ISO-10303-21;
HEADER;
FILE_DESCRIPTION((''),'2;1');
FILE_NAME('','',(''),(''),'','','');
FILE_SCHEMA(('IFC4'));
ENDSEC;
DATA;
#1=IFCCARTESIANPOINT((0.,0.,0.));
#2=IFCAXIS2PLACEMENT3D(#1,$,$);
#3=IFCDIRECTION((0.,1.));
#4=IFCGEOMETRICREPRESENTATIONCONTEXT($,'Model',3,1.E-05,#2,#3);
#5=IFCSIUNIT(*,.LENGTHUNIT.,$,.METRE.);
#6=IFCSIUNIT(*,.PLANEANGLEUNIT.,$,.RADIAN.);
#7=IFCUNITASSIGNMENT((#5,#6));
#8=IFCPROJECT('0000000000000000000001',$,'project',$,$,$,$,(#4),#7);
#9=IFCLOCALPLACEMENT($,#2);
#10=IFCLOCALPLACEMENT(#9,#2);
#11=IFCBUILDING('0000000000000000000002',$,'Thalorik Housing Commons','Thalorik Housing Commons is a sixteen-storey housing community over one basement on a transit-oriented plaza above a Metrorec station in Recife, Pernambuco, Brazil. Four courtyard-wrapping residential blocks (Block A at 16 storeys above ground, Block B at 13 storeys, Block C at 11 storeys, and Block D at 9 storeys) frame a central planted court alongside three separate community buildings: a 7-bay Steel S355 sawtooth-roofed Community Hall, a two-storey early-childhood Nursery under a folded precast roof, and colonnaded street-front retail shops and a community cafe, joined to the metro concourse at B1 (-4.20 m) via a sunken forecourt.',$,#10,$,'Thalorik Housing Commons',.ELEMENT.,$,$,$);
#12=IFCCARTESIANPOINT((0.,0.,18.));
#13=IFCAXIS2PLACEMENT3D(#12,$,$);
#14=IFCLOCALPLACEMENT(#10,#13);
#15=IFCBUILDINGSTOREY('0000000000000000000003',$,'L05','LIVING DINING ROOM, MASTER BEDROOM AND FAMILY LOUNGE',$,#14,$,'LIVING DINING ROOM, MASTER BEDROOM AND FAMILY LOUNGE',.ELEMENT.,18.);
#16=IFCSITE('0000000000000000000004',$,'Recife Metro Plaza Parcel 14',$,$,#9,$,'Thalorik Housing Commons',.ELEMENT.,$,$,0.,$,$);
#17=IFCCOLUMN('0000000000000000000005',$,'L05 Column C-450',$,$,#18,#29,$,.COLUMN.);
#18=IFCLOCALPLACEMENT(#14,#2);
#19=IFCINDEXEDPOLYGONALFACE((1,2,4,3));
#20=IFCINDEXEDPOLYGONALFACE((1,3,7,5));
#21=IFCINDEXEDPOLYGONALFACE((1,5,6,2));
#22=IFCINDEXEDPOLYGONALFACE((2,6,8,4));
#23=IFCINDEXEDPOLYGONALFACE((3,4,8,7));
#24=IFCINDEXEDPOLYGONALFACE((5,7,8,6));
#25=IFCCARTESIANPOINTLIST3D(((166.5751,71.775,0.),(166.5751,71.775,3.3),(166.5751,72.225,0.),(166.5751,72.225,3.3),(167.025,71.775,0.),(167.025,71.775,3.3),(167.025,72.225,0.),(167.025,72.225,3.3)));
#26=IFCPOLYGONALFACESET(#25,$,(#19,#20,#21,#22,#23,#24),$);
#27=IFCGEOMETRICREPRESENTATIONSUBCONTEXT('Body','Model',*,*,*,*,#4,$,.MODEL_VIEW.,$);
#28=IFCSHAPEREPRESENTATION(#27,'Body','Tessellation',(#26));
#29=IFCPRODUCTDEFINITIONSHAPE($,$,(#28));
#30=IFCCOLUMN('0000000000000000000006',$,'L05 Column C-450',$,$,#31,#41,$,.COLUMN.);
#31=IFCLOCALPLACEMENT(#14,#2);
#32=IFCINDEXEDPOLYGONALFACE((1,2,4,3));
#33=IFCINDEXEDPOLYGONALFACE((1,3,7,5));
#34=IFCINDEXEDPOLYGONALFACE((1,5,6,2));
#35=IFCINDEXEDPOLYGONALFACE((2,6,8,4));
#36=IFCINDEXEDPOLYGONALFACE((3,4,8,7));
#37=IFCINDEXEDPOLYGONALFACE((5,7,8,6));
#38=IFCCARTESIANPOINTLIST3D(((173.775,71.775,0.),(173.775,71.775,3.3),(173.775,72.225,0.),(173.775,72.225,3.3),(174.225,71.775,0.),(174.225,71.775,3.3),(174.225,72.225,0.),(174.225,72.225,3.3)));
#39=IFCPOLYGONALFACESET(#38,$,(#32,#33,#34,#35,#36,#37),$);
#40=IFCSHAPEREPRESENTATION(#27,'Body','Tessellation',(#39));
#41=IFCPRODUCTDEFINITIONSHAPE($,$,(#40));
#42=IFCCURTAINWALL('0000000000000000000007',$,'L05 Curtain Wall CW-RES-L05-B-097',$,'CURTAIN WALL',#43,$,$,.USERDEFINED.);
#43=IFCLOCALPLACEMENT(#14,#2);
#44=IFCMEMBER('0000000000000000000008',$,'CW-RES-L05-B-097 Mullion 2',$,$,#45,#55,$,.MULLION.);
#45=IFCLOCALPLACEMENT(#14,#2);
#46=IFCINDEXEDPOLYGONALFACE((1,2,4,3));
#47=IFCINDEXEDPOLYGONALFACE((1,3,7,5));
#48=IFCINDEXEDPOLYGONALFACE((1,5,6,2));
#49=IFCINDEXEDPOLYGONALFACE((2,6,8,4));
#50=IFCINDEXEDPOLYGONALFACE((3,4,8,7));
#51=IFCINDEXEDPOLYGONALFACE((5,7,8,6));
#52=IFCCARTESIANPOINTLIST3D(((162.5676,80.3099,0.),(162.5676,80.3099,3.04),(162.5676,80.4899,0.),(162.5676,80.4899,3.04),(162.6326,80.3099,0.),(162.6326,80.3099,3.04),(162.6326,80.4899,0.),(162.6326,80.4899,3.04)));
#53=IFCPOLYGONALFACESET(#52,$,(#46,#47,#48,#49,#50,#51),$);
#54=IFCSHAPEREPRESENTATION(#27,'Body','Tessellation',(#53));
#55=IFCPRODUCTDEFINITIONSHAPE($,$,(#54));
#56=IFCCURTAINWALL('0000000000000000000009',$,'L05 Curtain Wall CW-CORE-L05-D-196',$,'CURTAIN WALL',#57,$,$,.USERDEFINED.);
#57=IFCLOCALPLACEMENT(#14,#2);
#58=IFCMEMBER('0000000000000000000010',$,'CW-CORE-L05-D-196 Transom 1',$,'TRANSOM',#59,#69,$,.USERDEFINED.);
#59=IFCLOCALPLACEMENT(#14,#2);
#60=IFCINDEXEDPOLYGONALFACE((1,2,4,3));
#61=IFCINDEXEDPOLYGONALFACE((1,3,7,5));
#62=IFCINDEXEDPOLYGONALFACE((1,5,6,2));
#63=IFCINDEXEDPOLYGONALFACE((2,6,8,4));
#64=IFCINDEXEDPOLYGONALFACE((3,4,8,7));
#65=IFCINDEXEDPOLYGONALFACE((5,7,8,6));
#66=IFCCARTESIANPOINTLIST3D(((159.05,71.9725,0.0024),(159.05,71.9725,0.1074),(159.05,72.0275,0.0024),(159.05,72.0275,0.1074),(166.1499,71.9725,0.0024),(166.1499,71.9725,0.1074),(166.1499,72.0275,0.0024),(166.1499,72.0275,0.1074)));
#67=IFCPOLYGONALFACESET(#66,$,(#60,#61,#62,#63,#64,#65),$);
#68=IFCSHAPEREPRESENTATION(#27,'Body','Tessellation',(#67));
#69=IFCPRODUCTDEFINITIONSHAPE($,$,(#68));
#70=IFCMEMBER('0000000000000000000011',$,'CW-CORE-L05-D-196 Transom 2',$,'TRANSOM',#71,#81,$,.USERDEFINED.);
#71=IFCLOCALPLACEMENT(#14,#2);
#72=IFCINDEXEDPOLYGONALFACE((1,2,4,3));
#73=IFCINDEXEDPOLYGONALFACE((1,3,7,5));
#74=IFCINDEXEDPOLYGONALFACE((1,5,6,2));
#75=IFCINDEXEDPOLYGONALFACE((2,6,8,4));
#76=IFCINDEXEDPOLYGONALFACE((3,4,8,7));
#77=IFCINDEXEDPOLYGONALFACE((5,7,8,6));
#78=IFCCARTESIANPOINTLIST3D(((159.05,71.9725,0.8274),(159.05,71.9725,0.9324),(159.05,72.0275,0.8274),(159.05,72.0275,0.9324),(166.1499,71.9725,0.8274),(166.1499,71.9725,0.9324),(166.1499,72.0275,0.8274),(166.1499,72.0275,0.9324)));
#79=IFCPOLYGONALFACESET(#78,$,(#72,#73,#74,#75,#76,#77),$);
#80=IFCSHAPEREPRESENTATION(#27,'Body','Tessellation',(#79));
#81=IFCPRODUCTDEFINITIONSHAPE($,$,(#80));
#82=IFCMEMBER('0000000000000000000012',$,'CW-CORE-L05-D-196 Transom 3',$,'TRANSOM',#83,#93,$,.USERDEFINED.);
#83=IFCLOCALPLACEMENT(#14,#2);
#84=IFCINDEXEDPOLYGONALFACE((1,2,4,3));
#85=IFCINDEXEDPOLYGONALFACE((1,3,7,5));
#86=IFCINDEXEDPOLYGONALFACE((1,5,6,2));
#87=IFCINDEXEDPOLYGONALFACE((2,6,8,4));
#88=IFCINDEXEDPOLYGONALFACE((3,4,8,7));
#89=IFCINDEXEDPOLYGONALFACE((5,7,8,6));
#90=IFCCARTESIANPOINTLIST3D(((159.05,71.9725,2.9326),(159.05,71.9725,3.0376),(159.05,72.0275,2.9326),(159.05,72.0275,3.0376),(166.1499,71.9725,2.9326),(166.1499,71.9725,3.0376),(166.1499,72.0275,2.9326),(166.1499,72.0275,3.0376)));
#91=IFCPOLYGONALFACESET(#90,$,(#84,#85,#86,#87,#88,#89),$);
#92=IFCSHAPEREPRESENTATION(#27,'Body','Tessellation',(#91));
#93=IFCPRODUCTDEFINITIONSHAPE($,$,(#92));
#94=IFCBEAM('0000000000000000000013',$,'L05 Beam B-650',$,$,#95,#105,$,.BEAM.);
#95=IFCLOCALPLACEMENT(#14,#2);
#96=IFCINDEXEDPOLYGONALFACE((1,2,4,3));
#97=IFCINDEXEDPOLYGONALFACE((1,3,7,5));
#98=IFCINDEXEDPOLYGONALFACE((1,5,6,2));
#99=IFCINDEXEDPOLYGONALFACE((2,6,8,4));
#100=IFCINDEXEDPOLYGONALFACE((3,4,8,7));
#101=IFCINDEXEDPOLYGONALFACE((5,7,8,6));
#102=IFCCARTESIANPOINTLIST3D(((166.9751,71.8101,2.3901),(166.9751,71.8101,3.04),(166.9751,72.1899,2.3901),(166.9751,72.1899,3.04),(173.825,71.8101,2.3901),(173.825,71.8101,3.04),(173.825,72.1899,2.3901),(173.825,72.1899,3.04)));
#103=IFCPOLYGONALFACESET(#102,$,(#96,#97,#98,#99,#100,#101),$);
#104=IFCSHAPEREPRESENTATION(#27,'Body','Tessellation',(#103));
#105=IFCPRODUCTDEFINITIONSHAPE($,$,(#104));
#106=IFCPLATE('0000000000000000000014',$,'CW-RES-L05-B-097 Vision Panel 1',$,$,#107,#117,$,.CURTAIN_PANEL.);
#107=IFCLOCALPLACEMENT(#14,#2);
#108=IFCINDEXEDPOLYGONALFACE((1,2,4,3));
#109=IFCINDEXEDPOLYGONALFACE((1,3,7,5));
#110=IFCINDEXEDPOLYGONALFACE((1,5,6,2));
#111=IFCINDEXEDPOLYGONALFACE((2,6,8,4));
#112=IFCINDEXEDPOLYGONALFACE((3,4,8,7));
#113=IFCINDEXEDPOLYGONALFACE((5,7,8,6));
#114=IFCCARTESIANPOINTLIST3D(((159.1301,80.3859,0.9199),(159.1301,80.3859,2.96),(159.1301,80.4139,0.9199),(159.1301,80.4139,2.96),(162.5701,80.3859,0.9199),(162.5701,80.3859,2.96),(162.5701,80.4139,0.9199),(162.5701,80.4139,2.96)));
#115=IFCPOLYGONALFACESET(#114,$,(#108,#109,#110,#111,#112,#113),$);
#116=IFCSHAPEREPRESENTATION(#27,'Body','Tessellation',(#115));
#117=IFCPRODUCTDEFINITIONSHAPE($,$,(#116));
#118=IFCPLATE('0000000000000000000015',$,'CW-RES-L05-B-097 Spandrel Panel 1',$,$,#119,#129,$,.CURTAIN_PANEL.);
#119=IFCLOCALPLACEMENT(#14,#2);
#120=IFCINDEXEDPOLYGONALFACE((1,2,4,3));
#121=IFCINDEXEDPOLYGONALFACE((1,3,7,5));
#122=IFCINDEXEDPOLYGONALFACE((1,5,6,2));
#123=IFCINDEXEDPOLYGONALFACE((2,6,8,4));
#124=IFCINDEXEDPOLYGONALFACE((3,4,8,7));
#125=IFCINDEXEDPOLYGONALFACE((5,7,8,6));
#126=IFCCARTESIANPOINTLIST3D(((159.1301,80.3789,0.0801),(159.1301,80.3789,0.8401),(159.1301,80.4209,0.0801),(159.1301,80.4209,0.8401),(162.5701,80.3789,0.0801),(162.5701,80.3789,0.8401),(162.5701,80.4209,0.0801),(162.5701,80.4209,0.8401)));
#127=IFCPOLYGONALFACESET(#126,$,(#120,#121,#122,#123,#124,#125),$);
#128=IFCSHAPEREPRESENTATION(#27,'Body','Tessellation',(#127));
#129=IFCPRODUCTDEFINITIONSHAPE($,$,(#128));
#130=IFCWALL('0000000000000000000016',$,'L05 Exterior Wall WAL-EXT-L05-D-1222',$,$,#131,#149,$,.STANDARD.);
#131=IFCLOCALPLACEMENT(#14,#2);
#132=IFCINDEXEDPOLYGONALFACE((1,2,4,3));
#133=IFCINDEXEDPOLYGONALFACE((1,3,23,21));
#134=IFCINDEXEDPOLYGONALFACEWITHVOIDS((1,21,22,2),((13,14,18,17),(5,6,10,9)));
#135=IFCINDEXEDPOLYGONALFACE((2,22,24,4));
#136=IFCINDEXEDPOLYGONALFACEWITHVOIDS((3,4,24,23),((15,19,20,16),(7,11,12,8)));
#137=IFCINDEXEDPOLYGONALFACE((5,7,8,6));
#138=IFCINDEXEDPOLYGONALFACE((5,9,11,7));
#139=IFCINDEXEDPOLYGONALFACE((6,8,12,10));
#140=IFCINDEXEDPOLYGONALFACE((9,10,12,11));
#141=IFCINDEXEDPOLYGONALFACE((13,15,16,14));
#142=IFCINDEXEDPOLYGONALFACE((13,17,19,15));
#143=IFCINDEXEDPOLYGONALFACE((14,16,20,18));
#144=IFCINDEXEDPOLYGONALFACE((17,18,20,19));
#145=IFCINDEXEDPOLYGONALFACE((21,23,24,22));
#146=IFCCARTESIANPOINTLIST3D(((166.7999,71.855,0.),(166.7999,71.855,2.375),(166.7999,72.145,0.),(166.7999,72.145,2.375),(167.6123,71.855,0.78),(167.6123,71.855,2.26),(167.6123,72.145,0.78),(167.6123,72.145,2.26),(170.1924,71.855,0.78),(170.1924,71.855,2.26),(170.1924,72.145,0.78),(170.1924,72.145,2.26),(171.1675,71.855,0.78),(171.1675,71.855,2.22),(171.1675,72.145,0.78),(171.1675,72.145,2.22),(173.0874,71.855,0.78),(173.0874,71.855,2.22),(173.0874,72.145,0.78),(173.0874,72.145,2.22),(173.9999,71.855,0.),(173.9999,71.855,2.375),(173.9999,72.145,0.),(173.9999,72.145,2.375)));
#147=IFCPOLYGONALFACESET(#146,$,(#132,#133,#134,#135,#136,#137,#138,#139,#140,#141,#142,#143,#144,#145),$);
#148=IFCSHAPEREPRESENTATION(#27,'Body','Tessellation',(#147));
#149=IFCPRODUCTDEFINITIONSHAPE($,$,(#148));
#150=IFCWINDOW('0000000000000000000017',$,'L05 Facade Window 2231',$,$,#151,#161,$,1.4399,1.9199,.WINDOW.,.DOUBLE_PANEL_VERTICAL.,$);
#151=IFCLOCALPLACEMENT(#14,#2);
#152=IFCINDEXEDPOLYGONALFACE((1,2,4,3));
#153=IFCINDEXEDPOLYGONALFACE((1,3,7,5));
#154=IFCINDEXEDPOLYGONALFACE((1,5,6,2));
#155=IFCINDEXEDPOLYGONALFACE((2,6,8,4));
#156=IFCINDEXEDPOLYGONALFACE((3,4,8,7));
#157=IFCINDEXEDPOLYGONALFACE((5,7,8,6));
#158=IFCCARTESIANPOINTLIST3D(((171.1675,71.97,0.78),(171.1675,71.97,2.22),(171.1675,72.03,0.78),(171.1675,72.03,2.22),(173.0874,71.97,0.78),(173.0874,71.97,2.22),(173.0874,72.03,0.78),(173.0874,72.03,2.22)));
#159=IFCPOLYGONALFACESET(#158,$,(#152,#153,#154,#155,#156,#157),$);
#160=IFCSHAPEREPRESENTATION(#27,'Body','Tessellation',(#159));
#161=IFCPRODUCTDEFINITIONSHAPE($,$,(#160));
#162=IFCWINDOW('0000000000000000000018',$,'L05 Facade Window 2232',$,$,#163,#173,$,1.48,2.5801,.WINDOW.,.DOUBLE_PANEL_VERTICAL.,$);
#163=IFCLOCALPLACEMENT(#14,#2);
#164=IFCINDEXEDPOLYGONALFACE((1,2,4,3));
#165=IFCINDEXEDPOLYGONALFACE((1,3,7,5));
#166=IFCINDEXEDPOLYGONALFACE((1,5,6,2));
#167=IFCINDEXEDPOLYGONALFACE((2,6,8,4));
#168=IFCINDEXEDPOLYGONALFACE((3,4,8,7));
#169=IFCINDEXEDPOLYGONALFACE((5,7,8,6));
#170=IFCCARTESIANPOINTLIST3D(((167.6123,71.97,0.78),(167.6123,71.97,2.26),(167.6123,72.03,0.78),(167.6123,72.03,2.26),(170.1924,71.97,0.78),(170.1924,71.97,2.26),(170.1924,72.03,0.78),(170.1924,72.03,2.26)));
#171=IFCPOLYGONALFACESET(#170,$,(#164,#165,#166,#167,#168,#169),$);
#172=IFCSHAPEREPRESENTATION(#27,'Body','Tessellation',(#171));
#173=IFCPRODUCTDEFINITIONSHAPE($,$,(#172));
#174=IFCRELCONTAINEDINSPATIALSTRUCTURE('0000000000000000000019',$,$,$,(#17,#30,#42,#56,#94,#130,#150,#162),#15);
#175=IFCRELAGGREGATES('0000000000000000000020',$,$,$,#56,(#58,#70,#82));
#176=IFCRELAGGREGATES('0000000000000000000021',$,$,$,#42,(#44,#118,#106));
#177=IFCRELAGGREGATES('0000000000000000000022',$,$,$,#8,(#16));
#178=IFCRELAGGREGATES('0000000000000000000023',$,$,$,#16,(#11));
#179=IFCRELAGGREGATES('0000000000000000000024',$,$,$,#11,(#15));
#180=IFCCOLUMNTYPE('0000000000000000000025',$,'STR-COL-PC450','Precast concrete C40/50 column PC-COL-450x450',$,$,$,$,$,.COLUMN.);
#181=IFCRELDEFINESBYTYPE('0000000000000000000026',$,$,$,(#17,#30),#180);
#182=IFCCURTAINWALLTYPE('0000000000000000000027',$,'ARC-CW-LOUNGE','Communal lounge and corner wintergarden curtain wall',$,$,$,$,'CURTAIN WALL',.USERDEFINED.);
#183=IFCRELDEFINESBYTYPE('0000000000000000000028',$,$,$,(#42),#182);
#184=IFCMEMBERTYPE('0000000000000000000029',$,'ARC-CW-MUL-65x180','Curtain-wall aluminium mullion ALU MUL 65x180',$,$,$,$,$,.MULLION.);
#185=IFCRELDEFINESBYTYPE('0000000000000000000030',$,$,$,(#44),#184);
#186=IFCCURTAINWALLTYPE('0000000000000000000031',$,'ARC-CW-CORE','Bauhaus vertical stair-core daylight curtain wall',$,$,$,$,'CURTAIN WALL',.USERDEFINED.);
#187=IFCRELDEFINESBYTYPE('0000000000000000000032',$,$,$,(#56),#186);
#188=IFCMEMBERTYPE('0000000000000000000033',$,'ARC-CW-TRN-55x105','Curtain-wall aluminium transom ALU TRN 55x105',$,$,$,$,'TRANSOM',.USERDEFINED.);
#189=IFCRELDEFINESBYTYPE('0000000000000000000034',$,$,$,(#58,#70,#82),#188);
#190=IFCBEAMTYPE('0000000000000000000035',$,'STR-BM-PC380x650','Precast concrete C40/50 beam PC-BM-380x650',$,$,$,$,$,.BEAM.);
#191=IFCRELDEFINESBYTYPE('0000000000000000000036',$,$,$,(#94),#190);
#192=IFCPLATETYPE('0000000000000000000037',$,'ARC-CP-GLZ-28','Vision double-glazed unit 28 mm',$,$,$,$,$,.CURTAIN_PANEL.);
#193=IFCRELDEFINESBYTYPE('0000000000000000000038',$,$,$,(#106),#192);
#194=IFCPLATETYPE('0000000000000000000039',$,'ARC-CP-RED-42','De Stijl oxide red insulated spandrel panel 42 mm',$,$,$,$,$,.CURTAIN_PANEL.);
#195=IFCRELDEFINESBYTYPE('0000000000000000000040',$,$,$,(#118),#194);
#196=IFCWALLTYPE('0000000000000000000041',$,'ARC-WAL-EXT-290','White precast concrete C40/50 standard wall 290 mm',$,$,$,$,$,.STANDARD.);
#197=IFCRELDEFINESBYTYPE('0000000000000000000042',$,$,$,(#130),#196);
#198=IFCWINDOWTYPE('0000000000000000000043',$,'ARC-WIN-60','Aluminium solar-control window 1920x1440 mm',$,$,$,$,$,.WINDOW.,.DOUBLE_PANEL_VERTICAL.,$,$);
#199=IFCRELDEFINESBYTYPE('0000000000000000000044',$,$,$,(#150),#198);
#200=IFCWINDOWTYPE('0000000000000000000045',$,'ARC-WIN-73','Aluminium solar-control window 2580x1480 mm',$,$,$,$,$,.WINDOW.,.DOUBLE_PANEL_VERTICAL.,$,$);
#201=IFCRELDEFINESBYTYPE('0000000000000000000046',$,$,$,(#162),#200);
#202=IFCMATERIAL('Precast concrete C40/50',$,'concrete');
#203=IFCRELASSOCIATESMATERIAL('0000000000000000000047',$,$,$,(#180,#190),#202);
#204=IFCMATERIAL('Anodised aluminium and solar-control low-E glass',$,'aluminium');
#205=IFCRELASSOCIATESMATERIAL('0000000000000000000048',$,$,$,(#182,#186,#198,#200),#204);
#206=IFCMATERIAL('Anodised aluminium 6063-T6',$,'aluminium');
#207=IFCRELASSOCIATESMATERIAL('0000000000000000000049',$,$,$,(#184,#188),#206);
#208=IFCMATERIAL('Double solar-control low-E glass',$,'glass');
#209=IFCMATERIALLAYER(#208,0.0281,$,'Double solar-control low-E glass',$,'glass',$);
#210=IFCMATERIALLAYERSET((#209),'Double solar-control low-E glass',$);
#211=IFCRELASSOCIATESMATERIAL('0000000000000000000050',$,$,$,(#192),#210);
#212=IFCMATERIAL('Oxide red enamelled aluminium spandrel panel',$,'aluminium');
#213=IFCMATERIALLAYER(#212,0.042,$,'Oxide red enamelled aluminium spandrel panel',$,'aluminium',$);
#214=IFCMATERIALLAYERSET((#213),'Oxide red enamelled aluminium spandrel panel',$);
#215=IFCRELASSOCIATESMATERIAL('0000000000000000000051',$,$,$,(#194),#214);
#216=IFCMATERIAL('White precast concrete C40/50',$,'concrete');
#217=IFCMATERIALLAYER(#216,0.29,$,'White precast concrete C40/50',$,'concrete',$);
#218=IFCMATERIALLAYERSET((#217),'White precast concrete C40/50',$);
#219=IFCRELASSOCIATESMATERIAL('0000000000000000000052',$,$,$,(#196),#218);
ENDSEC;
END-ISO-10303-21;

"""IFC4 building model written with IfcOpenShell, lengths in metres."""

from ifc_helpers import new_model, si_unit, direction, frame, frame_2d, origin, origin_2d, place, context, subcontext, project, spatial, rectangle, extrude, material, layer, layer_set, material_profile, profile_set, type_object, element, fill, aggregate, save


model = new_model("IFC4")

# Units and contexts
model_context = context("Model", 3, precision=1e-05, world=origin(), true_north=direction((0.0, 1.0)))
body_context = subcontext(model_context, "Body", "Model", "MODEL_VIEW")
ifc_project = project(units=[si_unit("LENGTHUNIT", "METRE"), si_unit("PLANEANGLEUNIT", "RADIAN")], contexts=[model_context])

# Site, building, storey
site_placement = place(None, origin())
site = spatial("IfcSite", under=ifc_project, at=site_placement, Name="Recife Metro Plaza Parcel 14", LongName="Thalorik Housing Commons", CompositionType="ELEMENT", RefElevation=0.0)
building_placement = place(site_placement, origin())
building = spatial("IfcBuilding", under=site, at=building_placement, Name="Thalorik Housing Commons", Description="Thalorik Housing Commons is a sixteen-storey housing community over one basement on a transit-oriented plaza above a Metrorec station in Recife, Pernambuco, Brazil. Four courtyard-wrapping residential blocks (Block A at 16 storeys above ground, Block B at 13 storeys, Block C at 11 storeys, and Block D at 9 storeys) frame a central planted court alongside three separate community buildings: a 7-bay Steel S355 sawtooth-roofed Community Hall, a two-storey early-childhood Nursery under a folded precast roof, and colonnaded street-front retail shops and a community cafe, joined to the metro concourse at B1 (-4.20 m) via a sunken forecourt.", LongName="Thalorik Housing Commons", CompositionType="ELEMENT")
storey_placement = place(building_placement, frame((0.0, 0.0, 18.0)))
storey = spatial("IfcBuildingStorey", under=building, at=storey_placement, Name="L05", Description="LIVING DINING ROOM, MASTER BEDROOM AND FAMILY LOUNGE", LongName="LIVING DINING ROOM, MASTER BEDROOM AND FAMILY LOUNGE", CompositionType="ELEMENT", Elevation=18.0)

# Columns
ifc_material_1 = material(Name="Precast concrete C40/50", Category="concrete")
ifc_material_profile_1 = material_profile(ifc_material_1, rectangle(XDim=0.45, YDim=0.45, at=origin_2d()), Name="PC 450x450", Category="concrete")
ifc_profile_set_1 = profile_set([ifc_material_profile_1], Name="Precast concrete C40/50")
column_type = type_object("IfcColumnType", Name="STR-COL-PC450", Description="Precast concrete C40/50 column PC-COL-450x450", PredefinedType="COLUMN", material=ifc_profile_set_1)
for number, where, z_axis, x_axis, name in (
    (1, (166.8, 72.0, 0.0), (0.0, 0.0, 1.0), (1.0, 0.0, 0.0), "L05 Column C-450"),
    (2, (174.0, 72.0, 0.0), (0.0, 0.0, 1.0), (1.0, 0.0, 0.0), "L05 Column C-450"),
):
    element("IfcColumn", number, at=place(storey_placement, frame(where, z_axis=z_axis, x_axis=x_axis)), inside=storey, type_object=column_type, Name=name, PredefinedType="COLUMN", context=body_context, shape_type="SweptSolid", body=[
        extrude(rectangle(XDim=0.45, YDim=0.45, at=origin_2d()), origin(), (0.0, 0.0, 1.0), 3.3),
    ])

# Curtain wall, member
ifc_material_2 = material(Name="Anodised aluminium and solar-control low-E glass", Category="aluminium")
curtain_wall_type_1 = type_object("IfcCurtainWallType", Name="ARC-CW-LOUNGE", Description="Communal lounge and corner wintergarden curtain wall", ElementType="CURTAIN WALL", PredefinedType="USERDEFINED", material=ifc_material_2)
curtain_wall_1_placement = place(storey_placement, origin())
curtain_wall_1 = element("IfcCurtainWall", 3, at=curtain_wall_1_placement, inside=storey, type_object=curtain_wall_type_1, Name="L05 Curtain Wall CW-RES-L05-B-097", ObjectType="CURTAIN WALL", PredefinedType="USERDEFINED")
ifc_material_3 = material(Name="Anodised aluminium 6063-T6", Category="aluminium")
ifc_material_profile_2 = material_profile(ifc_material_3, rectangle(XDim=0.0649, YDim=0.1799, at=origin_2d()), Name="ALU MUL 65x180", Category="aluminium")
ifc_profile_set_2 = profile_set([ifc_material_profile_2], Name="Anodised aluminium 6063-T6")
member_type_1 = type_object("IfcMemberType", Name="ARC-CW-MUL-65x180", Description="Curtain-wall aluminium mullion ALU MUL 65x180", PredefinedType="MULLION", material=ifc_profile_set_2)
member_1_placement = place(storey_placement, frame((162.6001, 80.3999, 0.0), z_axis=(0.0, 0.0, 1.0), x_axis=(1.0, 0.0, 0.0)))
member_1 = element("IfcMember", 4, at=member_1_placement, type_object=member_type_1, Name="CW-RES-L05-B-097 Mullion 2", PredefinedType="MULLION", context=body_context, shape_type="SweptSolid", body=[
    extrude(rectangle(XDim=0.0649, YDim=0.1799, at=origin_2d()), origin(), (0.0, 0.0, 1.0), 3.04),
])

# Curtain wall, members
curtain_wall_type_2 = type_object("IfcCurtainWallType", Name="ARC-CW-CORE", Description="Bauhaus vertical stair-core daylight curtain wall", ElementType="CURTAIN WALL", PredefinedType="USERDEFINED", material=ifc_material_2)
curtain_wall_2_placement = place(storey_placement, origin())
curtain_wall_2 = element("IfcCurtainWall", 5, at=curtain_wall_2_placement, inside=storey, type_object=curtain_wall_type_2, Name="L05 Curtain Wall CW-CORE-L05-D-196", ObjectType="CURTAIN WALL", PredefinedType="USERDEFINED")
ifc_material_profile_3 = material_profile(ifc_material_3, rectangle(XDim=0.0549, YDim=0.105, at=origin_2d()), Name="ALU TRN 55x105", Category="aluminium")
ifc_profile_set_3 = profile_set([ifc_material_profile_3], Name="Anodised aluminium 6063-T6")
member_type_2 = type_object("IfcMemberType", Name="ARC-CW-TRN-55x105", Description="Curtain-wall aluminium transom ALU TRN 55x105", ElementType="TRANSOM", PredefinedType="USERDEFINED", material=ifc_profile_set_3)
member_2_placement = place(storey_placement, frame((166.1499, 72.0, 0.0549), z_axis=(-1.0, 0.0, 0.0), x_axis=(0.0, -1.0, 0.0)))
member_2 = element("IfcMember", 6, at=member_2_placement, type_object=member_type_2, Name="CW-CORE-L05-D-196 Transom 1", ObjectType="TRANSOM", PredefinedType="USERDEFINED", context=body_context, shape_type="SweptSolid", body=[
    extrude(rectangle(XDim=0.0549, YDim=0.105, at=origin_2d()), origin(), (0.0, 0.0, 1.0), 7.0999),
])
member_3_placement = place(storey_placement, frame((166.1499, 72.0, 0.8799), z_axis=(-1.0, 0.0, 0.0), x_axis=(0.0, -1.0, 0.0)))
member_3 = element("IfcMember", 7, at=member_3_placement, type_object=member_type_2, Name="CW-CORE-L05-D-196 Transom 2", ObjectType="TRANSOM", PredefinedType="USERDEFINED", context=body_context, shape_type="SweptSolid", body=[
    extrude(rectangle(XDim=0.0549, YDim=0.105, at=origin_2d()), origin(), (0.0, 0.0, 1.0), 7.0999),
])
member_4_placement = place(storey_placement, frame((166.1499, 72.0, 2.9851), z_axis=(-1.0, 0.0, 0.0), x_axis=(0.0, -1.0, 0.0)))
member_4 = element("IfcMember", 8, at=member_4_placement, type_object=member_type_2, Name="CW-CORE-L05-D-196 Transom 3", ObjectType="TRANSOM", PredefinedType="USERDEFINED", context=body_context, shape_type="SweptSolid", body=[
    extrude(rectangle(XDim=0.0549, YDim=0.105, at=origin_2d()), origin(), (0.0, 0.0, 1.0), 7.0999),
])
aggregate(curtain_wall_2, [member_2, member_3, member_4])

# Beam
ifc_material_profile_4 = material_profile(ifc_material_1, rectangle(XDim=0.3799, YDim=0.6499, at=origin_2d()), Name="PC 380x650", Category="concrete")
ifc_profile_set_4 = profile_set([ifc_material_profile_4], Name="Precast concrete C40/50")
beam_type = type_object("IfcBeamType", Name="STR-BM-PC380x650", Description="Precast concrete C40/50 beam PC-BM-380x650", PredefinedType="BEAM", material=ifc_profile_set_4)
beam_placement = place(storey_placement, frame((166.9751, 72.0, 2.7151), z_axis=(1.0, 0.0, 0.0), x_axis=(0.0, 1.0, 0.0)))
element("IfcBeam", 9, at=beam_placement, inside=storey, type_object=beam_type, Name="L05 Beam B-650", PredefinedType="BEAM", context=body_context, shape_type="SweptSolid", body=[
    extrude(rectangle(XDim=0.3799, YDim=0.6499, at=origin_2d()), origin(), (0.0, 0.0, 1.0), 6.8499),
])

# Plates
ifc_material_4 = material(Name="Double solar-control low-E glass", Category="glass")
ifc_layer_1 = layer(ifc_material_4, 0.0281, Name="Double solar-control low-E glass", Category="glass")
ifc_layer_set_1 = layer_set([ifc_layer_1], Name="Double solar-control low-E glass")
plate_type_1 = type_object("IfcPlateType", Name="ARC-CP-GLZ-28", Description="Vision double-glazed unit 28 mm", PredefinedType="CURTAIN_PANEL", material=ifc_layer_set_1)
plate_1_placement = place(storey_placement, frame((160.8501, 80.3999, 0.9199), z_axis=(0.0, 0.0, 1.0), x_axis=(1.0, 0.0, 0.0)))
plate_1 = element("IfcPlate", 10, at=plate_1_placement, type_object=plate_type_1, Name="CW-RES-L05-B-097 Vision Panel 1", PredefinedType="CURTAIN_PANEL", context=body_context, shape_type="SweptSolid", body=[
    extrude(rectangle(XDim=3.4399, YDim=0.0281, at=origin_2d()), origin(), (0.0, 0.0, 1.0), 2.04),
])
ifc_material_5 = material(Name="Oxide red enamelled aluminium spandrel panel", Category="aluminium")
ifc_layer_2 = layer(ifc_material_5, 0.042, Name="Oxide red enamelled aluminium spandrel panel", Category="aluminium")
ifc_layer_set_2 = layer_set([ifc_layer_2], Name="Oxide red enamelled aluminium spandrel panel")
plate_type_2 = type_object("IfcPlateType", Name="ARC-CP-RED-42", Description="De Stijl oxide red insulated spandrel panel 42 mm", PredefinedType="CURTAIN_PANEL", material=ifc_layer_set_2)
plate_2_placement = place(storey_placement, frame((160.8501, 80.3999, 0.0801), z_axis=(0.0, 0.0, 1.0), x_axis=(1.0, 0.0, 0.0)))
plate_2 = element("IfcPlate", 11, at=plate_2_placement, type_object=plate_type_2, Name="CW-RES-L05-B-097 Spandrel Panel 1", PredefinedType="CURTAIN_PANEL", context=body_context, shape_type="SweptSolid", body=[
    extrude(rectangle(XDim=3.4399, YDim=0.042, at=origin_2d()), origin(), (0.0, 0.0, 1.0), 0.76),
])
aggregate(curtain_wall_1, [member_1, plate_2, plate_1])

# Wall, openings, windows
ifc_material_6 = material(Name="White precast concrete C40/50", Category="concrete")
ifc_layer_3 = layer(ifc_material_6, 0.29, Name="White precast concrete C40/50", Category="concrete")
ifc_layer_set_3 = layer_set([ifc_layer_3], Name="White precast concrete C40/50")
wall_type = type_object("IfcWallType", Name="ARC-WAL-EXT-290", Description="White precast concrete C40/50 standard wall 290 mm", PredefinedType="STANDARD", material=ifc_layer_set_3)
wall_1_placement = place(storey_placement, frame((174.0, 72.0, 0.0), z_axis=(0.0, 0.0, 1.0), x_axis=(-1.0, 0.0, 0.0)))
wall_1 = element("IfcWall", 12, at=wall_1_placement, inside=storey, type_object=wall_type, Name="L05 Exterior Wall WAL-EXT-L05-D-1222", PredefinedType="STANDARD", context=body_context, shape_type="SweptSolid", body=[
    extrude(rectangle(XDim=7.2, YDim=0.29, at=frame_2d((3.6001, 0.0))), origin(), (0.0, 0.0, 1.0), 2.375),
])
opening_1_placement = place(wall_1_placement, frame((0.9126, 0.0, 0.78)))
opening_1 = element("IfcOpeningElement", 13, at=opening_1_placement, cuts=wall_1, PredefinedType="OPENING", context=body_context, shape_type="SweptSolid", body=[
    extrude(rectangle(XDim=1.9199, YDim=1.4399, at=frame_2d((0.96, 0.72))), frame((0.0, 0.155, 0.0), z_axis=(0.0, -1.0, 0.0), x_axis=(1.0, 0.0, 0.0)), (0.0, 0.0, 1.0), 0.3101),
])
opening_2_placement = place(wall_1_placement, frame((3.8076, 0.0, 0.78)))
opening_2 = element("IfcOpeningElement", 14, at=opening_2_placement, cuts=wall_1, PredefinedType="OPENING", context=body_context, shape_type="SweptSolid", body=[
    extrude(rectangle(XDim=2.5801, YDim=1.48, at=frame_2d((1.29, 0.74))), frame((0.0, 0.155, 0.0), z_axis=(0.0, -1.0, 0.0), x_axis=(1.0, 0.0, 0.0)), (0.0, 0.0, 1.0), 0.3101),
])
window_type_1 = type_object("IfcWindowType", Name="ARC-WIN-60", Description="Aluminium solar-control window 1920x1440 mm", PartitioningType="DOUBLE_PANEL_VERTICAL", PredefinedType="WINDOW", material=ifc_material_2)
window_1_placement = place(opening_1_placement, origin())
window_1 = element("IfcWindow", 15, at=window_1_placement, inside=storey, type_object=window_type_1, Name="L05 Facade Window 2231", OverallHeight=1.4399, OverallWidth=1.9199, PartitioningType="DOUBLE_PANEL_VERTICAL", PredefinedType="WINDOW", context=body_context, shape_type="SweptSolid", body=[
    extrude(rectangle(XDim=1.9199, YDim=1.4399, at=frame_2d((0.96, 0.72))), frame((0.0, 0.03, 0.0), z_axis=(0.0, -1.0, 0.0), x_axis=(1.0, 0.0, 0.0)), (0.0, 0.0, 1.0), 0.0601),
])
fill(opening_1, window_1)
window_type_2 = type_object("IfcWindowType", Name="ARC-WIN-73", Description="Aluminium solar-control window 2580x1480 mm", PartitioningType="DOUBLE_PANEL_VERTICAL", PredefinedType="WINDOW", material=ifc_material_2)
window_2_placement = place(opening_2_placement, origin())
window_2 = element("IfcWindow", 16, at=window_2_placement, inside=storey, type_object=window_type_2, Name="L05 Facade Window 2232", OverallHeight=1.48, OverallWidth=2.5801, PartitioningType="DOUBLE_PANEL_VERTICAL", PredefinedType="WINDOW", context=body_context, shape_type="SweptSolid", body=[
    extrude(rectangle(XDim=2.5801, YDim=1.48, at=frame_2d((1.29, 0.74))), frame((0.0, 0.03, 0.0), z_axis=(0.0, -1.0, 0.0), x_axis=(1.0, 0.0, 0.0)), (0.0, 0.0, 1.0), 0.0601),
])
fill(opening_2, window_2)

save(model, "model.ifc")
